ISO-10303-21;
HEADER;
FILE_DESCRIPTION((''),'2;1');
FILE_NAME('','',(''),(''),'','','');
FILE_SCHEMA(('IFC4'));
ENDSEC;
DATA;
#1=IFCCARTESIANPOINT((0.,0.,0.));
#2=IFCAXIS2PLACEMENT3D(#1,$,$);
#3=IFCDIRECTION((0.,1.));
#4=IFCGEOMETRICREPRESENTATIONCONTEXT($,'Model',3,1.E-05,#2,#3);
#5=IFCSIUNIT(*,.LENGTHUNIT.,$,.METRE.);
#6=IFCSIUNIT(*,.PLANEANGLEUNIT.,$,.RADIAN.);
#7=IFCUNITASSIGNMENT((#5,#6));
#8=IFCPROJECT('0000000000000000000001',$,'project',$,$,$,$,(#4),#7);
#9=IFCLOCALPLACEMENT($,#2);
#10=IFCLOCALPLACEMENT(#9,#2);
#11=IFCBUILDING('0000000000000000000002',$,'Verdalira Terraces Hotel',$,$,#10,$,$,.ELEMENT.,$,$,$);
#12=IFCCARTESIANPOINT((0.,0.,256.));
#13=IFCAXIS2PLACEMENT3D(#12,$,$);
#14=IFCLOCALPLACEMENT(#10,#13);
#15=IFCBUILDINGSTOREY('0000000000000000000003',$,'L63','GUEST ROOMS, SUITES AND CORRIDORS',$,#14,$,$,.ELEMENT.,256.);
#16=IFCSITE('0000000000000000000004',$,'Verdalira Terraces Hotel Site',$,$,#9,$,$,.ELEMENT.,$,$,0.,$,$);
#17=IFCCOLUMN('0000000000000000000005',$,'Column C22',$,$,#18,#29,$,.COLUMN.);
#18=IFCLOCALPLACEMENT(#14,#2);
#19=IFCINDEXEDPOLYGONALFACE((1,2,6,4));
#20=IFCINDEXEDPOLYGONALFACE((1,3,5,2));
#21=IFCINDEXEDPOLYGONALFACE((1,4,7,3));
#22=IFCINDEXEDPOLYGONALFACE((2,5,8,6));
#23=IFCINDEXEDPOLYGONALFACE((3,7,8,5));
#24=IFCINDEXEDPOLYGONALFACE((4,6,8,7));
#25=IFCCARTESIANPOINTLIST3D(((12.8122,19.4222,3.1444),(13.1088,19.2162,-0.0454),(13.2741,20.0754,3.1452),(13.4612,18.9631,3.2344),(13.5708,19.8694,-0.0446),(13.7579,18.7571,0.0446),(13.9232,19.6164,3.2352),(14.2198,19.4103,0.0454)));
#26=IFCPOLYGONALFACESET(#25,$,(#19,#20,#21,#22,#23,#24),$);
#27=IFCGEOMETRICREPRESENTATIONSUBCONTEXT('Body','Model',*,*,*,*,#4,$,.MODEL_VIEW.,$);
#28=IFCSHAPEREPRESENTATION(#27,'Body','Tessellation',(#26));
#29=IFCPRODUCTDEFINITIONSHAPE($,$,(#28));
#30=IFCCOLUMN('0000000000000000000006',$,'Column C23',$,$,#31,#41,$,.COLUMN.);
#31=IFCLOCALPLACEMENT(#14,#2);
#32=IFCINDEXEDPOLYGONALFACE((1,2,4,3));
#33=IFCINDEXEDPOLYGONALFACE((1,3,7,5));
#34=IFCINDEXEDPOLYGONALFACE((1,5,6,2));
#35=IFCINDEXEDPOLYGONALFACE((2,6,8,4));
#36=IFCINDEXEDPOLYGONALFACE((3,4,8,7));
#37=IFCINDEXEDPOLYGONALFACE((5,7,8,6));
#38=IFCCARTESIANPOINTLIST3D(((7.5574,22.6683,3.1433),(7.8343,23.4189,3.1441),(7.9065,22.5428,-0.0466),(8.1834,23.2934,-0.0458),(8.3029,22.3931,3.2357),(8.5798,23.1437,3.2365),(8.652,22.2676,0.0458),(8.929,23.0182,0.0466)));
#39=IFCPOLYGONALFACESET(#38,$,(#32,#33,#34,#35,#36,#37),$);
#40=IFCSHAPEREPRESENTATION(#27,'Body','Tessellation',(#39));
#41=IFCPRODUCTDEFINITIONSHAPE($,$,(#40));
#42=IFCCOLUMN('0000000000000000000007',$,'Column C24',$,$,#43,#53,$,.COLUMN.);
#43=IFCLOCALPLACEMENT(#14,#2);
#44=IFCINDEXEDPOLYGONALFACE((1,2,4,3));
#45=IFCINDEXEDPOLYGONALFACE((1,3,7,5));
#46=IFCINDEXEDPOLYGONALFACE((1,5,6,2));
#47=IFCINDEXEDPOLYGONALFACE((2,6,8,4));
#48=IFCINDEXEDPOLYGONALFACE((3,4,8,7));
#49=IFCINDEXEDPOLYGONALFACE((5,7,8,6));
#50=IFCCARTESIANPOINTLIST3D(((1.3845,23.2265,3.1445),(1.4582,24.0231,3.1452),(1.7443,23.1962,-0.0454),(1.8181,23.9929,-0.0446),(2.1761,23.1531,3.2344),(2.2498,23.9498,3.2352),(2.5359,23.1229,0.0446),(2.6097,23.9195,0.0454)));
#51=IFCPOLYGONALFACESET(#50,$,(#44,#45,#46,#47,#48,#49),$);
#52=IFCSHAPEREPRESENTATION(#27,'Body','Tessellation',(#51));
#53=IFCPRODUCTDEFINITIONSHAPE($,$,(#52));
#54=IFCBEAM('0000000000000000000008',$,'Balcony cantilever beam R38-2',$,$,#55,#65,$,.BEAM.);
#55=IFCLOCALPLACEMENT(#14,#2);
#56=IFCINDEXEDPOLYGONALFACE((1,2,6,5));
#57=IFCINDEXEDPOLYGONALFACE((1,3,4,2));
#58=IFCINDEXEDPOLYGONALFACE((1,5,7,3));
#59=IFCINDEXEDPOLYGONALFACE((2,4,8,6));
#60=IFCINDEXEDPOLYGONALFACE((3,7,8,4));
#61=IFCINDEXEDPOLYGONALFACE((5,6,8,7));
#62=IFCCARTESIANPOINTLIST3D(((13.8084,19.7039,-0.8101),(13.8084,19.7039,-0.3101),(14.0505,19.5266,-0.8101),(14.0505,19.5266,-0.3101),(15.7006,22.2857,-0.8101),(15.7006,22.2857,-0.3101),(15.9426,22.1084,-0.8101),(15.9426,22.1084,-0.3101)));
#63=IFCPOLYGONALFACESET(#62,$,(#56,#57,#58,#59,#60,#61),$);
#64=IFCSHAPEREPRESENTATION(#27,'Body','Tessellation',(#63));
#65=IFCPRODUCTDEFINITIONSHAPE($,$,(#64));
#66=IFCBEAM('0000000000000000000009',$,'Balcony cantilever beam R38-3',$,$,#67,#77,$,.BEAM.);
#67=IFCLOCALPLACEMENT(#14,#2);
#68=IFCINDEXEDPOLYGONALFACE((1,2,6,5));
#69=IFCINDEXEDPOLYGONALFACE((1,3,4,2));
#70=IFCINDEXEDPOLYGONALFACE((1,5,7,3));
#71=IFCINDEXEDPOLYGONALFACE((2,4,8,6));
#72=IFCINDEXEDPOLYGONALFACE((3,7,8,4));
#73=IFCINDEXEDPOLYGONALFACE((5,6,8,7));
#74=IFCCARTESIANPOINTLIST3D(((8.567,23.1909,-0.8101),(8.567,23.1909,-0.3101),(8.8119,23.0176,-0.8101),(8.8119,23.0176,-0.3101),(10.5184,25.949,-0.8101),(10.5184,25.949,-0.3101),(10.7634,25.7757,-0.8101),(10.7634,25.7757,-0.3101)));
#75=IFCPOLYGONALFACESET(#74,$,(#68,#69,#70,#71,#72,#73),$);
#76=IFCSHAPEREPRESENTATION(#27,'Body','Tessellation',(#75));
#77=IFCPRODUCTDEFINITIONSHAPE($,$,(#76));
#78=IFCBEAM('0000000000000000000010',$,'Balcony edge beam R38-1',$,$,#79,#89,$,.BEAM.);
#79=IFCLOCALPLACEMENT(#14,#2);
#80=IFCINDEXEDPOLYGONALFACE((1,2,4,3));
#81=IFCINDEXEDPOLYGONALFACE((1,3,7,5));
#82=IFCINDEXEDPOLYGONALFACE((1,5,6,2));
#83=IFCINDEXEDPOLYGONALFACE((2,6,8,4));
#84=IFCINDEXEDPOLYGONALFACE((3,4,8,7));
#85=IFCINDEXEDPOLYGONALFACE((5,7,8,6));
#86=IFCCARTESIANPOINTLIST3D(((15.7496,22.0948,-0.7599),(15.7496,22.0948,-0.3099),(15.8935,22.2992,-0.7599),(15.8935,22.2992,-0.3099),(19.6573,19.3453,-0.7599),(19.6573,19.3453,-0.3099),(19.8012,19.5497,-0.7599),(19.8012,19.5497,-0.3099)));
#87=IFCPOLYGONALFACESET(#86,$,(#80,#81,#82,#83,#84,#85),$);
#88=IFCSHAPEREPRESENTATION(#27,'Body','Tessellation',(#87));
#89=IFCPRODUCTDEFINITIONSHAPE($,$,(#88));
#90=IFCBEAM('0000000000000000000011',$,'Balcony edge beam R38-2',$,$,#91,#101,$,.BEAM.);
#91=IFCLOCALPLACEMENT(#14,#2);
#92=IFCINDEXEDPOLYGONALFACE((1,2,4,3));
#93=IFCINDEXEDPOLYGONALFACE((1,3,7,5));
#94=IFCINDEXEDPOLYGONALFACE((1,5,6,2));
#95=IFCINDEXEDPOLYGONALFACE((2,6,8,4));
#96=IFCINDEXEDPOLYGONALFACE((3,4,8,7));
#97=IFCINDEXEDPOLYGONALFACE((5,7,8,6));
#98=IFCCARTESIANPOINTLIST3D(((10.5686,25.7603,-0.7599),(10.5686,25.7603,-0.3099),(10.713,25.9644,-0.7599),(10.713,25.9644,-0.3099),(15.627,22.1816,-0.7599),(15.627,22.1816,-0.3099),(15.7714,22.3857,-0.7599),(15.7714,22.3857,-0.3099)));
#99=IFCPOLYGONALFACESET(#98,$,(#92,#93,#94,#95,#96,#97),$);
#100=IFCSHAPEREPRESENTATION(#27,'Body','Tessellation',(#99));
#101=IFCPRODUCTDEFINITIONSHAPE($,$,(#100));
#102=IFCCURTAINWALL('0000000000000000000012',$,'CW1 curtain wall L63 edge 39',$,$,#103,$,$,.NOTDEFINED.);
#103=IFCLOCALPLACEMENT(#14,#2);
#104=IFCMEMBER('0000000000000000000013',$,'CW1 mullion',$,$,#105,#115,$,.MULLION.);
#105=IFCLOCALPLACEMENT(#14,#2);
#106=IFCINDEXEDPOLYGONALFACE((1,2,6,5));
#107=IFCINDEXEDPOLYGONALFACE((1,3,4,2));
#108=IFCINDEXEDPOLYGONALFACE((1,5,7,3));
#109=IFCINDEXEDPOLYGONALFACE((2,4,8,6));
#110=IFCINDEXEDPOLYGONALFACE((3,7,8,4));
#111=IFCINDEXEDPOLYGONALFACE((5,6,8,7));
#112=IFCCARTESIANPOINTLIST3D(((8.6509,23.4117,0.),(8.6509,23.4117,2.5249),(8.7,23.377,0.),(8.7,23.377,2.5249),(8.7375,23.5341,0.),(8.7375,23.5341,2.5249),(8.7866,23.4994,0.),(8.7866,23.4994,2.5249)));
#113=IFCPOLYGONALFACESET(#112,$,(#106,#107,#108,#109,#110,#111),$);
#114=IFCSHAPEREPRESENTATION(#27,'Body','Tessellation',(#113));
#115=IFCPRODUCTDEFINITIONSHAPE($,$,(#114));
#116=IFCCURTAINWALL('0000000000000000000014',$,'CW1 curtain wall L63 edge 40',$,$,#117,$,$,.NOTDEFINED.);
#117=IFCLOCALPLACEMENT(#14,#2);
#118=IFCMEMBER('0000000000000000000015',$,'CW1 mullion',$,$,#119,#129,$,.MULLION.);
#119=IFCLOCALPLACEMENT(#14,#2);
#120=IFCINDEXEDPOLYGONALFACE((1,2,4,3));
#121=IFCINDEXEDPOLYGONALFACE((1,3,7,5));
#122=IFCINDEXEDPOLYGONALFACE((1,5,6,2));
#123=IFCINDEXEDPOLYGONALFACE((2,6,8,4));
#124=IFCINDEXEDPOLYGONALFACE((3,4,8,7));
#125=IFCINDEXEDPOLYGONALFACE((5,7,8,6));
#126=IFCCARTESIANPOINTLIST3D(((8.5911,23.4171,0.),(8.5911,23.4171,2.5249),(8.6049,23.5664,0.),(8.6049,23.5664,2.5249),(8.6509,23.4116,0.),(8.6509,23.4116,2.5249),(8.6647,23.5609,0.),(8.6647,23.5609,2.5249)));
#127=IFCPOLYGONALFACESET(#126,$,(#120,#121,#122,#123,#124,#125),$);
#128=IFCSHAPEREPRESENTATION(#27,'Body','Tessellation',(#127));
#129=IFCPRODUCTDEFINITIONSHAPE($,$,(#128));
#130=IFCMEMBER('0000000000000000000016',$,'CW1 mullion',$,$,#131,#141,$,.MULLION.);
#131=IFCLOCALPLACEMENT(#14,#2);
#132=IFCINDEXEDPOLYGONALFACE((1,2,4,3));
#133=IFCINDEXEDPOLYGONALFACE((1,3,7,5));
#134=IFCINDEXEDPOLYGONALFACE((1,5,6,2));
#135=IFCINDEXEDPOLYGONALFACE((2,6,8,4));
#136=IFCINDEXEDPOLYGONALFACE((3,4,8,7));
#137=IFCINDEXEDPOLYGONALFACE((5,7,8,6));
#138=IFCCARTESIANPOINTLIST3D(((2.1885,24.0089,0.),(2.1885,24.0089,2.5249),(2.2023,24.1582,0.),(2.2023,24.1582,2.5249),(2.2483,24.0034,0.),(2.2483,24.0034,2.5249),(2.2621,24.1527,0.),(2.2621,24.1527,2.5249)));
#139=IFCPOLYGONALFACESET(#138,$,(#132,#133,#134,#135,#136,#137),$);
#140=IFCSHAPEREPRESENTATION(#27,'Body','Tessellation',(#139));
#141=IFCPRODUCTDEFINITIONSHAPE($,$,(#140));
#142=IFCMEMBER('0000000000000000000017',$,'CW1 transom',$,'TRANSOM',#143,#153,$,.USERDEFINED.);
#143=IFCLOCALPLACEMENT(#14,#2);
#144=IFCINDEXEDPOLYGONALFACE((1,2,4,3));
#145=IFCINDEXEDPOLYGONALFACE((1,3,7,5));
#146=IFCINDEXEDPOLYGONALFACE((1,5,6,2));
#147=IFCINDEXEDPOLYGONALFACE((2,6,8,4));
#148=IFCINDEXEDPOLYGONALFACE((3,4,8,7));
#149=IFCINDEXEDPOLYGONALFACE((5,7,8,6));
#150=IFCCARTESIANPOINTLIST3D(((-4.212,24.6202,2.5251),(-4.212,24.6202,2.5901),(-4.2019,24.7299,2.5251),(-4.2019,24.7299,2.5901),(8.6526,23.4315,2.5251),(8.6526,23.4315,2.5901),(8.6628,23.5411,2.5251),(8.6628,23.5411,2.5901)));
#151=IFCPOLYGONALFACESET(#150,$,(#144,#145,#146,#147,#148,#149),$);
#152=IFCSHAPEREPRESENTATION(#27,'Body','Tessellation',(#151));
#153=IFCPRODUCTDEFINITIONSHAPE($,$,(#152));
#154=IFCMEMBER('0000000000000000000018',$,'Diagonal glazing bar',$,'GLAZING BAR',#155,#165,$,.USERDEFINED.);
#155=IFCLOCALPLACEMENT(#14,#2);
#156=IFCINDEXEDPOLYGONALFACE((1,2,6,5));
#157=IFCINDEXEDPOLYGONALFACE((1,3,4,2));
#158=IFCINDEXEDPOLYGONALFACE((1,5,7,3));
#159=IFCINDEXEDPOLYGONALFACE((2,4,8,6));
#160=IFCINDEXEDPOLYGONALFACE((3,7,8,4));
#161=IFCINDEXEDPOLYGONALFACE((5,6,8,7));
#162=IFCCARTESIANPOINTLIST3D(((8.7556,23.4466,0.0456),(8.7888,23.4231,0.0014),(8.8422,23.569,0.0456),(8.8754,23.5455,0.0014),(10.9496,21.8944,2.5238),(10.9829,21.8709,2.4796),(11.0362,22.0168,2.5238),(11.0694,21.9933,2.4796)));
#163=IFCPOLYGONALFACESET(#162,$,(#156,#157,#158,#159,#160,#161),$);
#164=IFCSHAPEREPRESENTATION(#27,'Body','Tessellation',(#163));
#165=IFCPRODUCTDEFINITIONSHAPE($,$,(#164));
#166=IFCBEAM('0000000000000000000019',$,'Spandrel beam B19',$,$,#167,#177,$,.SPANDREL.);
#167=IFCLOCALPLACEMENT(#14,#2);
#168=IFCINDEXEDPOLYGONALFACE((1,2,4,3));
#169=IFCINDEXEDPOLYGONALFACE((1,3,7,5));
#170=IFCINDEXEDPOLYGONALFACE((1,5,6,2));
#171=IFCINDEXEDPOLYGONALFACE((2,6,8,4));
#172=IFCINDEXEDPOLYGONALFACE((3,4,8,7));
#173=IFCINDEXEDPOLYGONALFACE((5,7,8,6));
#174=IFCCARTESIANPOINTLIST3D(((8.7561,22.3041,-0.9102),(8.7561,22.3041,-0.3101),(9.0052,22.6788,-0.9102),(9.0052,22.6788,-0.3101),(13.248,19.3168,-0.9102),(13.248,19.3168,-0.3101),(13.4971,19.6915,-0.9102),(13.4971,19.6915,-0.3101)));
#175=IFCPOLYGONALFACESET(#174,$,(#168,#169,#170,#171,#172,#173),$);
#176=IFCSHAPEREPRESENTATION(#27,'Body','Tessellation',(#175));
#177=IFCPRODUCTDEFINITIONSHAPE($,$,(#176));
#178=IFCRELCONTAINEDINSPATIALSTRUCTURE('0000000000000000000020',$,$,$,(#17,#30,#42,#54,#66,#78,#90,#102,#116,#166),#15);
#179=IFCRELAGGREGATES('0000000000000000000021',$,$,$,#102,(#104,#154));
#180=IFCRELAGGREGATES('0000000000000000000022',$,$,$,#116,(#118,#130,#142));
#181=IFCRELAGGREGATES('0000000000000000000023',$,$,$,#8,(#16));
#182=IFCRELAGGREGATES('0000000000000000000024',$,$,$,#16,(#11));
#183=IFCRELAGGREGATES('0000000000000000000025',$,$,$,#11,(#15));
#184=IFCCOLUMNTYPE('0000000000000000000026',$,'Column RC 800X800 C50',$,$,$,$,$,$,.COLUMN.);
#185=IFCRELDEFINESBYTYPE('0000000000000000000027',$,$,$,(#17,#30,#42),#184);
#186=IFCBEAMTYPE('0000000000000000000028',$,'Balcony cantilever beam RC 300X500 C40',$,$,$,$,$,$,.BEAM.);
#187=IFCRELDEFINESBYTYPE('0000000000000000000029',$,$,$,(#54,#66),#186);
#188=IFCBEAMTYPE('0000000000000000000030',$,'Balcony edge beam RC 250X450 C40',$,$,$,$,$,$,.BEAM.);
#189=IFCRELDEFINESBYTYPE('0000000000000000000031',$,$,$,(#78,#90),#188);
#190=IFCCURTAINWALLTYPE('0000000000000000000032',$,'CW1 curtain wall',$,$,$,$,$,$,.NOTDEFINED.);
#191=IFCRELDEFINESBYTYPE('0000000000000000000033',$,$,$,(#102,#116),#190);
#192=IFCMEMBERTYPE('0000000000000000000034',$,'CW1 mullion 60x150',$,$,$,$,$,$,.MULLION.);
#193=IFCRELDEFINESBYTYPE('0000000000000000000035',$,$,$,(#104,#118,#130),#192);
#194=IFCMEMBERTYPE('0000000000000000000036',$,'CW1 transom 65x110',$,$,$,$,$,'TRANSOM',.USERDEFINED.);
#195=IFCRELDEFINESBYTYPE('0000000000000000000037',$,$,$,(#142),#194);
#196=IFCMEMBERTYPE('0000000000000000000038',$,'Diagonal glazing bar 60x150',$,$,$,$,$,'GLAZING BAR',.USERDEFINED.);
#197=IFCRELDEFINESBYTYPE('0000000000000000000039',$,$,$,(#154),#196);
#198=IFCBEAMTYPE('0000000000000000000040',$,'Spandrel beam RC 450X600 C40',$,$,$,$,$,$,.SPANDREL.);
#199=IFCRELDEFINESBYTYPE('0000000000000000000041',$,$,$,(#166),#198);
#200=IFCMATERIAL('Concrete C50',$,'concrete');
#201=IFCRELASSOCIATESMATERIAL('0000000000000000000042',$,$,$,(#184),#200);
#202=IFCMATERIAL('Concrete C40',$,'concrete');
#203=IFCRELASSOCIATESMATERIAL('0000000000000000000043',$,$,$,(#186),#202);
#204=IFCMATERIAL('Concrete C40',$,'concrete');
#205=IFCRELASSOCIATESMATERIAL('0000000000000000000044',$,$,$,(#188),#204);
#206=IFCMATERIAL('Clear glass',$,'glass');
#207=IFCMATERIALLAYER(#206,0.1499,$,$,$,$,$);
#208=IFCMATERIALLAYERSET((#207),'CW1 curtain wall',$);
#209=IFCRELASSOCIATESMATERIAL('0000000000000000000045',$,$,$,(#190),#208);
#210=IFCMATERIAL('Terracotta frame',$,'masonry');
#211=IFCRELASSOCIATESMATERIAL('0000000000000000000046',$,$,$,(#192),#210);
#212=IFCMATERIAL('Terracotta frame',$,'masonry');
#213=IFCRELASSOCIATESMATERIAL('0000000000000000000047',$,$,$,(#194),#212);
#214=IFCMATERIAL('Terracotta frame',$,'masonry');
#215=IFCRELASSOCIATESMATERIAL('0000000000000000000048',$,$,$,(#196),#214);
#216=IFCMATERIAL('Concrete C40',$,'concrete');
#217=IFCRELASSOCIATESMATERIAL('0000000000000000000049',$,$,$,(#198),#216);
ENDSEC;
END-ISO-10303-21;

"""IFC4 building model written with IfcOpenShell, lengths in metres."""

from ifc_helpers import new_model, si_unit, direction, frame, origin, origin_2d, place, context, subcontext, project, spatial, rectangle, extrude, material, layer, layer_set, material_profile, profile_set, type_object, element, aggregate, save


model = new_model("IFC4")

# Units and contexts
model_context = context("Model", 3, precision=1e-05, world=origin(), true_north=direction((0.0, 1.0)))
body_context = subcontext(model_context, "Body", "Model", "MODEL_VIEW")
ifc_project = project(units=[si_unit("LENGTHUNIT", "METRE"), si_unit("PLANEANGLEUNIT", "RADIAN")], contexts=[model_context])

# Site, building, storey
site_placement = place(None, origin())
site = spatial("IfcSite", under=ifc_project, at=site_placement, Name="Verdalira Terraces Hotel Site", CompositionType="ELEMENT", RefElevation=0.0)
building_placement = place(site_placement, origin())
building = spatial("IfcBuilding", under=site, at=building_placement, Name="Verdalira Terraces Hotel", CompositionType="ELEMENT")
storey_placement = place(building_placement, frame((0.0, 0.0, 256.0)))
storey = spatial("IfcBuildingStorey", under=building, at=storey_placement, Name="L63", Description="GUEST ROOMS, SUITES AND CORRIDORS", CompositionType="ELEMENT", Elevation=256.0)

# Columns
ifc_material_1 = material(Name="Concrete C50", Category="concrete")
ifc_material_profile_1 = material_profile(ifc_material_1, rectangle(XDim=0.8, YDim=0.8, at=origin_2d()), Name="RC 800X800")
ifc_profile_set_1 = profile_set([ifc_material_profile_1], Name="Concrete C50")
column_type = type_object("IfcColumnType", Name="Column RC 800X800 C50", PredefinedType="COLUMN", material=ifc_profile_set_1)
column_1_placement = place(storey_placement, frame((13.6643, 19.3132, 0.0), z_axis=(-0.092399, 0.064185, 0.993651), x_axis=(-0.811237, 0.573792, -0.112501)))
element("IfcColumn", 1, at=column_1_placement, inside=storey, type_object=column_type, Name="Column C22", PredefinedType="COLUMN", context=body_context, shape_type="SweptSolid", body=[
    extrude(rectangle(XDim=0.8, YDim=0.8, at=origin_2d()), origin(), (0.0, 0.0, 1.0), 3.2102),
])
column_2_placement = place(storey_placement, frame((8.4177, 22.7805, 0.0), z_axis=(-0.108712, 0.039075, 0.993305), x_axis=(0.931869, -0.343913, 0.115517)))
element("IfcColumn", 2, at=column_2_placement, inside=storey, type_object=column_type, Name="Column C23", PredefinedType="COLUMN", context=body_context, shape_type="SweptSolid", body=[
    extrude(rectangle(XDim=0.8, YDim=0.8, at=origin_2d()), origin(), (0.0, 0.0, 1.0), 3.2114),
])
column_3_placement = place(storey_placement, frame((2.177, 23.5579, 0.0), z_axis=(-0.112096, 0.00943, 0.993653), x_axis=(-0.989413, 0.091696, -0.112488)))
element("IfcColumn", 3, at=column_3_placement, inside=storey, type_object=column_type, Name="Column C24", PredefinedType="COLUMN", context=body_context, shape_type="SweptSolid", body=[
    extrude(rectangle(XDim=0.8, YDim=0.8, at=origin_2d()), origin(), (0.0, 0.0, 1.0), 3.2102),
])

# Beams
ifc_material_2 = material(Name="Concrete C40", Category="concrete")
ifc_material_profile_2 = material_profile(ifc_material_2, rectangle(XDim=0.3, YDim=0.5, at=origin_2d()), Name="RC 300X500")
ifc_profile_set_2 = profile_set([ifc_material_profile_2], Name="Concrete C40")
beam_type_1 = type_object("IfcBeamType", Name="Balcony cantilever beam RC 300X500 C40", PredefinedType="BEAM", material=ifc_profile_set_2)
beam_1_placement = place(storey_placement, frame((13.9294, 19.6152, -0.5601), z_axis=(0.591116, 0.806587, 0.0), x_axis=(-0.806587, 0.591116, 0.0)))
element("IfcBeam", 4, at=beam_1_placement, inside=storey, type_object=beam_type_1, Name="Balcony cantilever beam R38-2", PredefinedType="BEAM", context=body_context, shape_type="SweptSolid", body=[
    extrude(rectangle(XDim=0.3, YDim=0.5, at=origin_2d()), origin(), (0.0, 0.0, 1.0), 3.2009),
])
beam_2_placement = place(storey_placement, frame((8.6895, 23.1042, -0.5601), z_axis=(0.577582, 0.816333, 0.0), x_axis=(-0.816333, 0.577582, 0.0)))
element("IfcBeam", 5, at=beam_2_placement, inside=storey, type_object=beam_type_1, Name="Balcony cantilever beam R38-3", PredefinedType="BEAM", context=body_context, shape_type="SweptSolid", body=[
    extrude(rectangle(XDim=0.3, YDim=0.5, at=origin_2d()), origin(), (0.0, 0.0, 1.0), 3.3787),
])
ifc_material_3 = material(Name="Concrete C40", Category="concrete")
ifc_material_profile_3 = material_profile(ifc_material_3, rectangle(XDim=0.25, YDim=0.45, at=origin_2d()), Name="RC 250X450")
ifc_profile_set_3 = profile_set([ifc_material_profile_3], Name="Concrete C40")
beam_type_2 = type_object("IfcBeamType", Name="Balcony edge beam RC 250X450 C40", PredefinedType="BEAM", material=ifc_profile_set_3)
beam_3_placement = place(storey_placement, frame((19.7292, 19.4475, -0.5349), z_axis=(-0.817842, 0.575443, 0.0), x_axis=(-0.575443, -0.817842, 0.0)))
element("IfcBeam", 6, at=beam_3_placement, inside=storey, type_object=beam_type_2, Name="Balcony edge beam R38-1", PredefinedType="BEAM", context=body_context, shape_type="SweptSolid", body=[
    extrude(rectangle(XDim=0.25, YDim=0.45, at=origin_2d()), origin(), (0.0, 0.0, 1.0), 4.7781),
])
beam_4_placement = place(storey_placement, frame((15.6992, 22.2837, -0.5349), z_axis=(-0.816358, 0.577546, 0.0), x_axis=(-0.577546, -0.816358, 0.0)))
element("IfcBeam", 7, at=beam_4_placement, inside=storey, type_object=beam_type_2, Name="Balcony edge beam R38-2", PredefinedType="BEAM", context=body_context, shape_type="SweptSolid", body=[
    extrude(rectangle(XDim=0.25, YDim=0.45, at=origin_2d()), origin(), (0.0, 0.0, 1.0), 6.1963),
])

# Curtain wall, member
ifc_material_4 = material(Name="Clear glass", Category="glass")
ifc_layer_1 = layer(ifc_material_4, 0.1499)
ifc_layer_set_1 = layer_set([ifc_layer_1], Name="CW1 curtain wall")
curtain_wall_type = type_object("IfcCurtainWallType", Name="CW1 curtain wall", PredefinedType="NOTDEFINED", material=ifc_layer_set_1)
curtain_wall_1_placement = place(storey_placement, origin())
curtain_wall_1 = element("IfcCurtainWall", 8, at=curtain_wall_1_placement, inside=storey, type_object=curtain_wall_type, Name="CW1 curtain wall L63 edge 39", PredefinedType="NOTDEFINED")
ifc_material_5 = material(Name="Terracotta frame", Category="masonry")
ifc_material_profile_4 = material_profile(ifc_material_5, rectangle(XDim=0.0601, YDim=0.1499, at=origin_2d()), Name="MU 60x150")
ifc_profile_set_4 = profile_set([ifc_material_profile_4], Name="Terracotta frame")
member_type_1 = type_object("IfcMemberType", Name="CW1 mullion 60x150", PredefinedType="MULLION", material=ifc_profile_set_4)
member_1_placement = place(storey_placement, frame((8.7188, 23.4556, 0.0), z_axis=(0.0, 0.0, 1.0), x_axis=(-0.816339, 0.577573, 0.0)))
member_1 = element("IfcMember", 9, at=member_1_placement, type_object=member_type_1, Name="CW1 mullion", PredefinedType="MULLION", context=body_context, shape_type="SweptSolid", body=[
    extrude(rectangle(XDim=0.0601, YDim=0.1499, at=origin_2d()), origin(), (0.0, 0.0, 1.0), 2.5249),
])

# Curtain wall, members
curtain_wall_2_placement = place(storey_placement, origin())
curtain_wall_2 = element("IfcCurtainWall", 10, at=curtain_wall_2_placement, inside=storey, type_object=curtain_wall_type, Name="CW1 curtain wall L63 edge 40", PredefinedType="NOTDEFINED")
member_2_placement = place(storey_placement, frame((8.6279, 23.489, 0.0), z_axis=(0.0, 0.0, 1.0), x_axis=(-0.995757, 0.092023, 0.0)))
member_2 = element("IfcMember", 11, at=member_2_placement, type_object=member_type_1, Name="CW1 mullion", PredefinedType="MULLION", context=body_context, shape_type="SweptSolid", body=[
    extrude(rectangle(XDim=0.0601, YDim=0.1499, at=origin_2d()), origin(), (0.0, 0.0, 1.0), 2.5249),
])
member_3_placement = place(storey_placement, frame((2.2253, 24.0808, 0.0), z_axis=(0.0, 0.0, 1.0), x_axis=(-0.995757, 0.092023, 0.0)))
member_3 = element("IfcMember", 12, at=member_3_placement, type_object=member_type_1, Name="CW1 mullion", PredefinedType="MULLION", context=body_context, shape_type="SweptSolid", body=[
    extrude(rectangle(XDim=0.0601, YDim=0.1499, at=origin_2d()), origin(), (0.0, 0.0, 1.0), 2.5249),
])
ifc_material_6 = material(Name="Terracotta frame", Category="masonry")
ifc_material_profile_5 = material_profile(ifc_material_6, rectangle(XDim=0.1101, YDim=0.0649, at=origin_2d()), Name="TR 65x110")
ifc_profile_set_5 = profile_set([ifc_material_profile_5], Name="Terracotta frame")
member_type_2 = type_object("IfcMemberType", Name="CW1 transom 65x110", ElementType="TRANSOM", PredefinedType="USERDEFINED", material=ifc_profile_set_5)
member_4_placement = place(storey_placement, frame((8.6577, 23.4863, 2.5576), z_axis=(-0.995758, 0.092009, 0.0), x_axis=(-0.092009, -0.995758, 0.0)))
member_4 = element("IfcMember", 13, at=member_4_placement, type_object=member_type_2, Name="CW1 transom", ObjectType="TRANSOM", PredefinedType="USERDEFINED", context=body_context, shape_type="SweptSolid", body=[
    extrude(rectangle(XDim=0.1101, YDim=0.0649, at=origin_2d()), origin(), (0.0, 0.0, 1.0), 12.9194),
])

# Member
ifc_material_7 = material(Name="Terracotta frame", Category="masonry")
ifc_material_profile_6 = material_profile(ifc_material_7, rectangle(XDim=0.1499, YDim=0.0601, at=origin_2d()), Name="GB 60x150")
ifc_profile_set_6 = profile_set([ifc_material_profile_6], Name="Terracotta frame")
member_type_3 = type_object("IfcMemberType", Name="Diagonal glazing bar 60x150", ElementType="GLAZING BAR", PredefinedType="USERDEFINED", material=ifc_profile_set_6)
member_5_placement = place(storey_placement, frame((11.0095, 21.9438, 2.5017), z_axis=(-0.600157, 0.424591, -0.67789), x_axis=(-0.577546, -0.816358, 0.0)))
member_5 = element("IfcMember", 14, at=member_5_placement, type_object=member_type_3, Name="Diagonal glazing bar", ObjectType="GLAZING BAR", PredefinedType="USERDEFINED", context=body_context, shape_type="SweptSolid", body=[
    extrude(rectangle(XDim=0.1499, YDim=0.0601, at=origin_2d()), origin(), (0.0, 0.0, 1.0), 3.6558),
])

# Beam
ifc_material_8 = material(Name="Concrete C40", Category="concrete")
ifc_material_profile_7 = material_profile(ifc_material_8, rectangle(XDim=0.45, YDim=0.6001, at=origin_2d()), Name="RC 450X600")
ifc_profile_set_7 = profile_set([ifc_material_profile_7], Name="Concrete C40")
beam_type_3 = type_object("IfcBeamType", Name="Spandrel beam RC 450X600 C40", PredefinedType="SPANDREL", material=ifc_profile_set_7)
beam_5_placement = place(storey_placement, frame((13.3726, 19.5041, -0.6101), z_axis=(-0.832676, 0.55376, 0.0), x_axis=(-0.55376, -0.832676, 0.0)))
element("IfcBeam", 15, at=beam_5_placement, inside=storey, type_object=beam_type_3, Name="Spandrel beam B19", PredefinedType="SPANDREL", context=body_context, shape_type="SweptSolid", body=[
    extrude(rectangle(XDim=0.45, YDim=0.6001, at=origin_2d()), origin(), (0.0, 0.0, 1.0), 5.3945),
])

aggregate(curtain_wall_1, [member_1, member_5])
aggregate(curtain_wall_2, [member_2, member_3, member_4])

save(model, "model.ifc")
